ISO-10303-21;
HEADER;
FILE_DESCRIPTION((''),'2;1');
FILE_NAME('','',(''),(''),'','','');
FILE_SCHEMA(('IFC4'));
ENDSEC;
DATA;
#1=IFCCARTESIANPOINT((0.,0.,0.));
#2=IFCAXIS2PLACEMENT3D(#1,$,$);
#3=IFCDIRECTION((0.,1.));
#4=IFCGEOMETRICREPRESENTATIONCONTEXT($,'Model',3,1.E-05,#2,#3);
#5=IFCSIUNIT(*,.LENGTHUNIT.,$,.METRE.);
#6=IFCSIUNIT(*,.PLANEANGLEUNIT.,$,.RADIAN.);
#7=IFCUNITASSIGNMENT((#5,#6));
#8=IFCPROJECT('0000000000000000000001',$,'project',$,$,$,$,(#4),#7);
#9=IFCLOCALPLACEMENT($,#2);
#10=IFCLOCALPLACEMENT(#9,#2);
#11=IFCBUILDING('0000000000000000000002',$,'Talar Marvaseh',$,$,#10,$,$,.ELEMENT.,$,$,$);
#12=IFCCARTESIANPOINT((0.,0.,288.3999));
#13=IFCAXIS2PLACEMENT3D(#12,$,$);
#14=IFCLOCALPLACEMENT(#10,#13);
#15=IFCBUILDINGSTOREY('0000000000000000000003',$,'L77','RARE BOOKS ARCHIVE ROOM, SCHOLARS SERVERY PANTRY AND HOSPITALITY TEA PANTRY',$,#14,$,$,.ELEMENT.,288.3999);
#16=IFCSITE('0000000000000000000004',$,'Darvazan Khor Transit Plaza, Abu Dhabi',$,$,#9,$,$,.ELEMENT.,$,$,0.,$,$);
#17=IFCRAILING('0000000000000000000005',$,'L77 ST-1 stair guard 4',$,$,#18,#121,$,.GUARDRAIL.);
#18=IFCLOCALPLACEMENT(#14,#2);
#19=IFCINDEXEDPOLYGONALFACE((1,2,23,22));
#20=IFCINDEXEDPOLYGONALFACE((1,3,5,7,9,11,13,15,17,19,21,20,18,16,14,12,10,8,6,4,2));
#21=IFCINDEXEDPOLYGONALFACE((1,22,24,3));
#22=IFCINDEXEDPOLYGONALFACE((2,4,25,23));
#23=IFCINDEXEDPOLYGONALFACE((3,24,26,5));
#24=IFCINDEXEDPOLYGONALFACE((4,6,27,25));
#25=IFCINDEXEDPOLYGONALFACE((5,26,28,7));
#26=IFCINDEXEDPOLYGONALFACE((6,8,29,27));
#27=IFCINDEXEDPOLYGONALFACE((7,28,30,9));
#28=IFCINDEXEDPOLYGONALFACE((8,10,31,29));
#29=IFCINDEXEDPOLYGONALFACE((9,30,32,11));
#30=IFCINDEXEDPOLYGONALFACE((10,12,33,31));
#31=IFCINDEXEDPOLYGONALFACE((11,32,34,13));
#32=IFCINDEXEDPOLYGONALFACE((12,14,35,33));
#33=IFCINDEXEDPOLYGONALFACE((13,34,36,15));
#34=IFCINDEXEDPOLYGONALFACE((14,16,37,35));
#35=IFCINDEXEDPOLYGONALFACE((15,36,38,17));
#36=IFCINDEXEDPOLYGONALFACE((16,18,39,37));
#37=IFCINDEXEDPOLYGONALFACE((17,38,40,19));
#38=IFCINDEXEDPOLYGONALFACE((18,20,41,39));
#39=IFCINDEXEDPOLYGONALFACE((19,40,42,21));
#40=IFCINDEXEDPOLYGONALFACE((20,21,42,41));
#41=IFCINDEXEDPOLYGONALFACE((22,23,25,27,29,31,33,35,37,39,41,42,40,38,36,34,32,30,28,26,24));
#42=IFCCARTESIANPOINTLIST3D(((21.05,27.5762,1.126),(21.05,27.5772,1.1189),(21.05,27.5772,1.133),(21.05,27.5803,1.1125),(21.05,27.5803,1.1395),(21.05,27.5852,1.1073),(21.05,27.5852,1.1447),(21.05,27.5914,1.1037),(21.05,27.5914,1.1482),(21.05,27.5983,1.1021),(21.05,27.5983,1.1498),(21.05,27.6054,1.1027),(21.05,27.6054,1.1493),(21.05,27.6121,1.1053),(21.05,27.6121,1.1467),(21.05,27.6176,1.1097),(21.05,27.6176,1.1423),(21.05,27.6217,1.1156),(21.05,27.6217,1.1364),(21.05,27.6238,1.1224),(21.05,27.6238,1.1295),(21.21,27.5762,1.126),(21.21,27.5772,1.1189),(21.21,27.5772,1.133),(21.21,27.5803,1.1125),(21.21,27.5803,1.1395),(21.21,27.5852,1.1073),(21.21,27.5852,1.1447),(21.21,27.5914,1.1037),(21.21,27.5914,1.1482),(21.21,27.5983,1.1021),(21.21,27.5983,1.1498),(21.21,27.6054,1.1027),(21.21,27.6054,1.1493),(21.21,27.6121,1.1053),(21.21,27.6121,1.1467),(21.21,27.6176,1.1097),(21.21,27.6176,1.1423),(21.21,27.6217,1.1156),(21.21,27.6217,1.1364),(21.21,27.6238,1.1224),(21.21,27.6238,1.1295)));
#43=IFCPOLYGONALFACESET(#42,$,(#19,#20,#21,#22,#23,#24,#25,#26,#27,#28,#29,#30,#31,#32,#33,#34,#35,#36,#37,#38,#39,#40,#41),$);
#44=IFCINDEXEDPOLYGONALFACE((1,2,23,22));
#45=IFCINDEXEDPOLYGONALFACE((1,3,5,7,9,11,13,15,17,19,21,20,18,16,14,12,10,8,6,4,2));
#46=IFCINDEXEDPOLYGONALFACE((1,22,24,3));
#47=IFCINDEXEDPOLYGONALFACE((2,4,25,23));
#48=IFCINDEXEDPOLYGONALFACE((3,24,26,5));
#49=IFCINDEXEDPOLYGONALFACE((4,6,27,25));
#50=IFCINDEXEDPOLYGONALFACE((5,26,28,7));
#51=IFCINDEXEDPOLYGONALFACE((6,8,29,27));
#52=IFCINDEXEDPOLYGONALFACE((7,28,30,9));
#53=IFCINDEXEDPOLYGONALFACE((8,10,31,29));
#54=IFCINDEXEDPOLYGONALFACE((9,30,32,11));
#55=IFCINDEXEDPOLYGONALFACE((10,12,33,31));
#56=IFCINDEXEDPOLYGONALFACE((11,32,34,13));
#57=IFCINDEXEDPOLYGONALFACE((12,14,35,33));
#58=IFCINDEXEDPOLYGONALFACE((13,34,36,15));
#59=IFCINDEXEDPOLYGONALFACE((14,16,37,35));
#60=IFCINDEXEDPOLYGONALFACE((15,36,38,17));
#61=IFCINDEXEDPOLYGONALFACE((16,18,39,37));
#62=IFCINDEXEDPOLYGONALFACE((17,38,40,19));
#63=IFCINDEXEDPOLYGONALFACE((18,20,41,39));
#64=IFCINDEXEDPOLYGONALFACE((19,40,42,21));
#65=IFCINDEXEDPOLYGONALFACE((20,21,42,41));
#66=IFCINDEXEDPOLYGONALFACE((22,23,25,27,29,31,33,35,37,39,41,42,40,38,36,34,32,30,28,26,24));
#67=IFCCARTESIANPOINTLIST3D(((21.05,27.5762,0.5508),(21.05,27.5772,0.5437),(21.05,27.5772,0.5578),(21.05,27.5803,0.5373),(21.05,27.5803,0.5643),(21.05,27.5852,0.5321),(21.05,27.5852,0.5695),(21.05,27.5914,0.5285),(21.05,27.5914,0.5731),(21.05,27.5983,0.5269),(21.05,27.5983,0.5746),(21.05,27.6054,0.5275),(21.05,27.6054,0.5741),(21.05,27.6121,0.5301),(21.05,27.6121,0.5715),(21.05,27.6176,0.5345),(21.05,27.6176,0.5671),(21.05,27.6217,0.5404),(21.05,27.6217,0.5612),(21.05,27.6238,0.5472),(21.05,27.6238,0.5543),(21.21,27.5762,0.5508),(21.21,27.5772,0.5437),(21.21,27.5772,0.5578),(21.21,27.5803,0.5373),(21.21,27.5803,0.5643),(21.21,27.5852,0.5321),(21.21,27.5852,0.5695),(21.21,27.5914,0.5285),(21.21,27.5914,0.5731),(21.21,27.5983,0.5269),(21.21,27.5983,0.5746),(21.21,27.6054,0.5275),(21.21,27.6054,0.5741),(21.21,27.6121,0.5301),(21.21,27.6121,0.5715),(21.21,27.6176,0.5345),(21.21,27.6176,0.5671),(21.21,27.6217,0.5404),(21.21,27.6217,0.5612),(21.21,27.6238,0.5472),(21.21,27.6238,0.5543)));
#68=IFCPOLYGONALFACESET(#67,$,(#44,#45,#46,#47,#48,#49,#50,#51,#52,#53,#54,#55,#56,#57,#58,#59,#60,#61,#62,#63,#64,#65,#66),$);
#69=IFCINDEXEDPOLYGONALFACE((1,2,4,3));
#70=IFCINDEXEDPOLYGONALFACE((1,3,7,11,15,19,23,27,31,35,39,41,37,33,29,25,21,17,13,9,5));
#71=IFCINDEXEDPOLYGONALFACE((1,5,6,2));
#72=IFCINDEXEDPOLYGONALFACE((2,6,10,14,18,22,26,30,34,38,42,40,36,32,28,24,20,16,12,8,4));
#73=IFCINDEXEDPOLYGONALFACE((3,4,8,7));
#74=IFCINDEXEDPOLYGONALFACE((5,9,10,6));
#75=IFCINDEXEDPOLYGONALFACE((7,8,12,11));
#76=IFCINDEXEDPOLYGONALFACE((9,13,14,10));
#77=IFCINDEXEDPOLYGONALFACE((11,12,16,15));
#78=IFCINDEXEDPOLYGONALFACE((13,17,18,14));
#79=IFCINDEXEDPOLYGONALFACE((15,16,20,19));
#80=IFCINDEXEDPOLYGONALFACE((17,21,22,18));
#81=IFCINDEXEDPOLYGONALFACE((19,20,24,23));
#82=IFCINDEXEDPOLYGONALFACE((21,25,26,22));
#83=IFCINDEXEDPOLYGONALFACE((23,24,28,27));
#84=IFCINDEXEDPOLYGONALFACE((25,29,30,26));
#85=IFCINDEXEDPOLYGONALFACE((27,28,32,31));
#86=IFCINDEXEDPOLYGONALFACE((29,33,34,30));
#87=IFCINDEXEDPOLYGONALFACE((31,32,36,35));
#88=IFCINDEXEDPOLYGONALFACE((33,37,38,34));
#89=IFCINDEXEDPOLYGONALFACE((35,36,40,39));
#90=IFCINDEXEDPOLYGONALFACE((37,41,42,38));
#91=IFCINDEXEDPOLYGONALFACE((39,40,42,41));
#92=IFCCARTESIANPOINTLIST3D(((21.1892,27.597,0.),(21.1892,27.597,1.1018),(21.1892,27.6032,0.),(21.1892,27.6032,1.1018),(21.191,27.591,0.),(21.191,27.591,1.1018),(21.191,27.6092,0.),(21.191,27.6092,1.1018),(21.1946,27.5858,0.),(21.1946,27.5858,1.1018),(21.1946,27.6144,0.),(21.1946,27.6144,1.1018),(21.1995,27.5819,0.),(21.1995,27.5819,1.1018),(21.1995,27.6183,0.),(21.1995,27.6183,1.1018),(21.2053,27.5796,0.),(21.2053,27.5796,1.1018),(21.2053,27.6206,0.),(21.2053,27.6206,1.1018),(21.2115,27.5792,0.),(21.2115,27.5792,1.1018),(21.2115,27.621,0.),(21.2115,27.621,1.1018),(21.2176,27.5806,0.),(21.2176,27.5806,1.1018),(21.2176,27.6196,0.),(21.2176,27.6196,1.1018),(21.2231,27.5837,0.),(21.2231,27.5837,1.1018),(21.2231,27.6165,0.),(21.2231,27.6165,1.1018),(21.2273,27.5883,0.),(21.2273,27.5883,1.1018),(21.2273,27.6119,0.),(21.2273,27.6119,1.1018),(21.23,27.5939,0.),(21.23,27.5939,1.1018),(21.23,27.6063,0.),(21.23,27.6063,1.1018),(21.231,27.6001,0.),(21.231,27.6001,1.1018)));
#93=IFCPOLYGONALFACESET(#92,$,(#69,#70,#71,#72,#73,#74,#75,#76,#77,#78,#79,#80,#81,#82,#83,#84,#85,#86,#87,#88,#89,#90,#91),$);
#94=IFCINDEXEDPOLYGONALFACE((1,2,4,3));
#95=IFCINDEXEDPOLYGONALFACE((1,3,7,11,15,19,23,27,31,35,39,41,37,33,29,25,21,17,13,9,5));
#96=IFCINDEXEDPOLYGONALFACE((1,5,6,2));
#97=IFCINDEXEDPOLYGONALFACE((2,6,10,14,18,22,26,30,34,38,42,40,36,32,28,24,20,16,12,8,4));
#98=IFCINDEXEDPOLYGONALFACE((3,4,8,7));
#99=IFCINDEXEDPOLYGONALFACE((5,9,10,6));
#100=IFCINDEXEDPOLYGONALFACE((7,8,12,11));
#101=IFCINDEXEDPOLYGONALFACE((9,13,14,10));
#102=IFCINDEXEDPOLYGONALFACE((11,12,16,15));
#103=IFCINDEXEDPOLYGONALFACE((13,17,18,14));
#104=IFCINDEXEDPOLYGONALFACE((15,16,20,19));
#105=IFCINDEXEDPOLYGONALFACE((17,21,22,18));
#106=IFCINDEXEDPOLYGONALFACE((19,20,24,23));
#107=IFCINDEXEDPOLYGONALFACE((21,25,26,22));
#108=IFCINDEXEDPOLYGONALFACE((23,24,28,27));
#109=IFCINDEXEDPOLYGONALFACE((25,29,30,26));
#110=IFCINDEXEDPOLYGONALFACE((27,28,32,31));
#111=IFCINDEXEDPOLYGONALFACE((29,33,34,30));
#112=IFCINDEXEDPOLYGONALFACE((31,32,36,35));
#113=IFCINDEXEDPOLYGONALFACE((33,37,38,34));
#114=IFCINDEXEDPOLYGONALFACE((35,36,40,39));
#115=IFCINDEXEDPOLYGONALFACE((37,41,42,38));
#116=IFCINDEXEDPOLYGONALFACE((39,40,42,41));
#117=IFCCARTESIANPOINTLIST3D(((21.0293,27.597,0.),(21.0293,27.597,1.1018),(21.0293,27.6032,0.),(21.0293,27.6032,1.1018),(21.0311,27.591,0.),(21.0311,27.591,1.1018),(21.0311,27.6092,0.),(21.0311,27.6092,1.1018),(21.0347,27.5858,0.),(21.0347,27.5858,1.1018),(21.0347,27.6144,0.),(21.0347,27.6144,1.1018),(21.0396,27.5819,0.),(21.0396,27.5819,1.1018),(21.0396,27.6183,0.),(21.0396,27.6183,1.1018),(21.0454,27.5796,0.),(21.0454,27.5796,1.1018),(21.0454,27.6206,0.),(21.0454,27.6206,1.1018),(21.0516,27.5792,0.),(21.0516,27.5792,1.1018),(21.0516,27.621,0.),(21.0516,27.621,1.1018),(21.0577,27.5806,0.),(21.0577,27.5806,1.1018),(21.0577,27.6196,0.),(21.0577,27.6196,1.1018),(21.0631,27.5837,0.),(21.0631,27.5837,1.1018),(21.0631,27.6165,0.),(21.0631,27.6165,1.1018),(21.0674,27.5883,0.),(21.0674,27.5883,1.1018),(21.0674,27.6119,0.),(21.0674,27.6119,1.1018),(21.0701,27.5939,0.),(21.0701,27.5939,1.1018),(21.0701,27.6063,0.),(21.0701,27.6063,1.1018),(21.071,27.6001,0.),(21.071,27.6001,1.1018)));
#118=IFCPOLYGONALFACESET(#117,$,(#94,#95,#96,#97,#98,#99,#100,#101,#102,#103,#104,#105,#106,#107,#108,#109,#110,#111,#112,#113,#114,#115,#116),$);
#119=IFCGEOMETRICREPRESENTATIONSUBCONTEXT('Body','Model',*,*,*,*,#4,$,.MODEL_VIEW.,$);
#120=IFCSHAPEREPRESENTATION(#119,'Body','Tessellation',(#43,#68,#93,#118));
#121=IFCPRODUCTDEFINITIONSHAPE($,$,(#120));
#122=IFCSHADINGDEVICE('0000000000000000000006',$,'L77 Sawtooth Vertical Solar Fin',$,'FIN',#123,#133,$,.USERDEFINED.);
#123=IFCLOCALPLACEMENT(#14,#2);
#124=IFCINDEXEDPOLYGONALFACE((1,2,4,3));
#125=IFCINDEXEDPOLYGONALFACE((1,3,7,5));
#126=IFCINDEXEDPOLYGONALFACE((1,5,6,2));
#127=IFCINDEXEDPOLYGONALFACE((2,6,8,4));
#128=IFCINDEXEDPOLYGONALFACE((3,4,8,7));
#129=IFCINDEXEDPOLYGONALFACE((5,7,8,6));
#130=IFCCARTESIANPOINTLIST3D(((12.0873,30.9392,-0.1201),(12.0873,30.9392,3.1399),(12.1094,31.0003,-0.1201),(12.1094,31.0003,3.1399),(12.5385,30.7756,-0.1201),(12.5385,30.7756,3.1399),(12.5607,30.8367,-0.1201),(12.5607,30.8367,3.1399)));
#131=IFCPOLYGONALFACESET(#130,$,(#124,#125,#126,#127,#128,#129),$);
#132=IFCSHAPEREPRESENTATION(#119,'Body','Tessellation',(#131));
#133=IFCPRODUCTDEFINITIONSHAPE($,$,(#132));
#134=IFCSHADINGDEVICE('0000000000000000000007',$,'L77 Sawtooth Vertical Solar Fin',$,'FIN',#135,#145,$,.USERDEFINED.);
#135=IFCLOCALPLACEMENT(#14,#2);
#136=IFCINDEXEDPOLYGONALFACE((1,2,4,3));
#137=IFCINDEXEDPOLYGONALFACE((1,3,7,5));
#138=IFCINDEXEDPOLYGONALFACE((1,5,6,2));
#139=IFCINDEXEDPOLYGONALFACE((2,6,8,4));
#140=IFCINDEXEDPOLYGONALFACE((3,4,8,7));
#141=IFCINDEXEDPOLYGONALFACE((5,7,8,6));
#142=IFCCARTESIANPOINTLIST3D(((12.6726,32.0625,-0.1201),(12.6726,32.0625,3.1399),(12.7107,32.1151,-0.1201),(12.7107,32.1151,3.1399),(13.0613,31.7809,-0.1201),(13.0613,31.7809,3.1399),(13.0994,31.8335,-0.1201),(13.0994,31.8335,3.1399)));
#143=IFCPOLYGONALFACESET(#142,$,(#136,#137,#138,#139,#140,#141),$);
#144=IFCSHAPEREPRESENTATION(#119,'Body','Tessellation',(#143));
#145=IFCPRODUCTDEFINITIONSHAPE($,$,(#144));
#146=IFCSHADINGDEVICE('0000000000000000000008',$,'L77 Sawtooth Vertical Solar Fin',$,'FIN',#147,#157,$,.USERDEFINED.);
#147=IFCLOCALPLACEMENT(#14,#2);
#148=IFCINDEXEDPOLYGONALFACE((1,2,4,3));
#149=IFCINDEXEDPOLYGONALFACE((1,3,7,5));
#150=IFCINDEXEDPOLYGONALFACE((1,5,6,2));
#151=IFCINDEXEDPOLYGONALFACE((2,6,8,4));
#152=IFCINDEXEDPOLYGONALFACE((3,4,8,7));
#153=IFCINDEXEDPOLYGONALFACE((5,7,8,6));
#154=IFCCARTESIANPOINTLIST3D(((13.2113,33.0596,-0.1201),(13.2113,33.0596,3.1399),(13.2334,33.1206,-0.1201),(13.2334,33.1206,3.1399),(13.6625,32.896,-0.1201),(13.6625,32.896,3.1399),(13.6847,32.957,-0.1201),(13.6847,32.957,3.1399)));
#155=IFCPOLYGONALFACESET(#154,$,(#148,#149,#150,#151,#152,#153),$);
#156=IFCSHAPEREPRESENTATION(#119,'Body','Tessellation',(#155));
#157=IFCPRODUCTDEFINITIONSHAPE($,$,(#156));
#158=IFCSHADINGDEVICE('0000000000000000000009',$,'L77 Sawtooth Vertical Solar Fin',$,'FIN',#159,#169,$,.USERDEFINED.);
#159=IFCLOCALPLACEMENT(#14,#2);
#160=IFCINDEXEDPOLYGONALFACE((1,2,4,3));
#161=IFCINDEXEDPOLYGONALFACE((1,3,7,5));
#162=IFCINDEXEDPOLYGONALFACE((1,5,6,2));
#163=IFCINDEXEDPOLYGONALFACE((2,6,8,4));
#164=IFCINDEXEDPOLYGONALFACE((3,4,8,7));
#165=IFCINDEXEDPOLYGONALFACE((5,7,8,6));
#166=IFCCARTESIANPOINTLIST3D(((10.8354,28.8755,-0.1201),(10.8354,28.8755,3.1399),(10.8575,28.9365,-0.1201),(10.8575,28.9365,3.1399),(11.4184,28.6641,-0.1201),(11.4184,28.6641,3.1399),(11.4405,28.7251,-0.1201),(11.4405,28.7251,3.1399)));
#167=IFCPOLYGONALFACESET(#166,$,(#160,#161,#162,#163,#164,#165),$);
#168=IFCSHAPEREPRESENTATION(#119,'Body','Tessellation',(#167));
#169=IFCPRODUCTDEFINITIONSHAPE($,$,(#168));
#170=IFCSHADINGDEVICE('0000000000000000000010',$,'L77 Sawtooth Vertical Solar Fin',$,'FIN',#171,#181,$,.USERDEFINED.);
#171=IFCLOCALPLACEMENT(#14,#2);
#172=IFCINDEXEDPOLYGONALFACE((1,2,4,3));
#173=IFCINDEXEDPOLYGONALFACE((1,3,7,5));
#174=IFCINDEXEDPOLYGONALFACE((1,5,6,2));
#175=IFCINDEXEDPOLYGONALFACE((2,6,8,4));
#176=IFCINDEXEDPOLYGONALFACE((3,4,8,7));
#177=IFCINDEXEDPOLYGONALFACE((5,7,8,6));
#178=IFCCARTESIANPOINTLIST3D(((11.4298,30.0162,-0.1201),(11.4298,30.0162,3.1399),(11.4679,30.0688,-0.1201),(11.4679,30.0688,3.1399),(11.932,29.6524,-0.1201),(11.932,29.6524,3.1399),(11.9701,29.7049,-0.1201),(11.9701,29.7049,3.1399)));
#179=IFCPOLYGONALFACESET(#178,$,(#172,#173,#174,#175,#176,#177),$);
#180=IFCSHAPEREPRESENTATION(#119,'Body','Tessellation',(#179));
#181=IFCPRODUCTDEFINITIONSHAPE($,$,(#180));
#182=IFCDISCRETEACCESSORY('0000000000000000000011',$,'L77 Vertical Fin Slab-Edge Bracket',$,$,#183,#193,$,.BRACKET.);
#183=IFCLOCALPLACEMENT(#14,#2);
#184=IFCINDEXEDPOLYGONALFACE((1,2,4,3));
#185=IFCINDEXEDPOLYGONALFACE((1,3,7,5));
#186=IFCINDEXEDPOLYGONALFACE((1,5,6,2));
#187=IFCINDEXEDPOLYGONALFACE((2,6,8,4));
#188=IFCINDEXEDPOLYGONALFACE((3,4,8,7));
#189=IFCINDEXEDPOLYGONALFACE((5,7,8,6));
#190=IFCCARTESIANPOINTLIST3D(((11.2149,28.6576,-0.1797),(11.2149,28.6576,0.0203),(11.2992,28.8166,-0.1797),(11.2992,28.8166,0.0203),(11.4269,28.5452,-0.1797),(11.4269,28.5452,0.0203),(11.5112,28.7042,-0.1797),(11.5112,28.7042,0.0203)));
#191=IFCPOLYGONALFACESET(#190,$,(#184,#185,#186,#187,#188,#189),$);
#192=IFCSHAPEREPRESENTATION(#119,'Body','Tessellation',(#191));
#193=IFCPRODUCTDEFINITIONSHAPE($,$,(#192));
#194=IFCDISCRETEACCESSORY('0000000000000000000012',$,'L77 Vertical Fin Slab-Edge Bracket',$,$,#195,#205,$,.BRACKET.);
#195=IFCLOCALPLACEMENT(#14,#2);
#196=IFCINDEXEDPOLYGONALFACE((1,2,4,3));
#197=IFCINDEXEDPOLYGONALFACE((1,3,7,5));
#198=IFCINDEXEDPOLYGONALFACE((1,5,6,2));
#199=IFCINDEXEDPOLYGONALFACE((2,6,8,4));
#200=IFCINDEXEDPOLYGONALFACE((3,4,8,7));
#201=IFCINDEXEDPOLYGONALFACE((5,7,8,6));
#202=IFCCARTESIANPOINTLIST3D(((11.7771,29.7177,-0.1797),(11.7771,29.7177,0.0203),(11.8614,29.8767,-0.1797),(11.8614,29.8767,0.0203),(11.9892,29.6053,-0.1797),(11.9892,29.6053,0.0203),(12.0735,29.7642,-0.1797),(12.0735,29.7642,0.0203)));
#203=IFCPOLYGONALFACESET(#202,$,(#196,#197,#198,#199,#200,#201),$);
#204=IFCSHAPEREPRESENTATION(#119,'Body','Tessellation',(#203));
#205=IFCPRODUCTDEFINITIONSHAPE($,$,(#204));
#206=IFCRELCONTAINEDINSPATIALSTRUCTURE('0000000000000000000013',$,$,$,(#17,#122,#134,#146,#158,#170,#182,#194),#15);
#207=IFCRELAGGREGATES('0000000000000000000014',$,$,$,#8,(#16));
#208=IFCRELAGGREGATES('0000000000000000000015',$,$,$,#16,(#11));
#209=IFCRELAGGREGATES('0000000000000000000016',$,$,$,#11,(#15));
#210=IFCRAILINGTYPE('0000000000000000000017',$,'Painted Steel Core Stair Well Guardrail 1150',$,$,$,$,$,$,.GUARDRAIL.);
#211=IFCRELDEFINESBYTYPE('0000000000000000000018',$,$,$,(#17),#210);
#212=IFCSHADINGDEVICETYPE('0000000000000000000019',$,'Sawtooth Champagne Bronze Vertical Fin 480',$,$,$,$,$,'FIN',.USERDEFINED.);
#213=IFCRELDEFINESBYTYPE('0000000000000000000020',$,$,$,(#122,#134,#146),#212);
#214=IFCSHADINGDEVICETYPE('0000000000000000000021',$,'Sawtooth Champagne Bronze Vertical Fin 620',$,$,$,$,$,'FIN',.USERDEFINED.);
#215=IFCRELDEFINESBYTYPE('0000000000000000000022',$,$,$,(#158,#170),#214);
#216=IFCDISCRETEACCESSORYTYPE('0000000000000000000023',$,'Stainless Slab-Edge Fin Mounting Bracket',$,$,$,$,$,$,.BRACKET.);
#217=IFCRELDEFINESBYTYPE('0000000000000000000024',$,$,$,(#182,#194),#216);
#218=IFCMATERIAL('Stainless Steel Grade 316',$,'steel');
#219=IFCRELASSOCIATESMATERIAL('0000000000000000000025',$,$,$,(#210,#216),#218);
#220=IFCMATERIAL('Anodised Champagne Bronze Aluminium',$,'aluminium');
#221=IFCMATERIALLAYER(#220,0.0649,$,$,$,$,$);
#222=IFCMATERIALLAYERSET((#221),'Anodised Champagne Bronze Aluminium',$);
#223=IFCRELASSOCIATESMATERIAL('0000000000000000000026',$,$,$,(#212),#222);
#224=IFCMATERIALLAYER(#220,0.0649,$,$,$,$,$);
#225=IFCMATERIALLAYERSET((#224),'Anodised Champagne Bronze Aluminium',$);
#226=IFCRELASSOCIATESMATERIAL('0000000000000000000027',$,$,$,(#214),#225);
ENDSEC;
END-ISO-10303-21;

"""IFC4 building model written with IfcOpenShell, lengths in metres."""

from ifc_helpers import new_model, si_unit, direction, frame, origin, origin_2d, place, context, subcontext, project, spatial, rectangle, circle, extrude, source, transform, mapped, material, layer, layer_set, type_object, type_shapes, element, save


model = new_model("IFC4")

# Units and contexts
model_context = context("Model", 3, precision=1e-05, world=origin(), true_north=direction((0.0, 1.0)))
body_context = subcontext(model_context, "Body", "Model", "MODEL_VIEW")
ifc_project = project(units=[si_unit("LENGTHUNIT", "METRE"), si_unit("PLANEANGLEUNIT", "RADIAN")], contexts=[model_context])

# Site, building, storey
site_placement = place(None, origin())
site = spatial("IfcSite", under=ifc_project, at=site_placement, Name="Darvazan Khor Transit Plaza, Abu Dhabi", CompositionType="ELEMENT", RefElevation=0.0)
building_placement = place(site_placement, origin())
building = spatial("IfcBuilding", under=site, at=building_placement, Name="Talar Marvaseh", CompositionType="ELEMENT")
storey_placement = place(building_placement, frame((0.0, 0.0, 288.3999)))
storey = spatial("IfcBuildingStorey", under=building, at=storey_placement, Name="L77", Description="RARE BOOKS ARCHIVE ROOM, SCHOLARS SERVERY PANTRY AND HOSPITALITY TEA PANTRY", CompositionType="ELEMENT", Elevation=288.3999)

# Railing
ifc_material_1 = material(Name="Stainless Steel Grade 316", Category="steel")
railing_type_1 = type_object("IfcRailingType", Name="Painted Steel Core Stair Well Guardrail 1150", PredefinedType="GUARDRAIL", material=ifc_material_1)
railing_1_placement = place(storey_placement, frame((21.21, 27.6001, 0.0)))
element("IfcRailing", 1, at=railing_1_placement, inside=storey, type_object=railing_type_1, Name="L77 ST-1 stair guard 4", PredefinedType="GUARDRAIL", context=body_context, shape_type="SweptSolid", body=[
    extrude(circle(Radius=0.0239, at=origin_2d()), frame((0.0, 0.0, 1.126), z_axis=(-1.0, 0.0, 0.0), x_axis=(0.0, -1.0, 0.0)), (0.0, 0.0, 1.0), 0.1599),
    extrude(circle(Radius=0.0239, at=origin_2d()), frame((0.0, 0.0, 0.5508), z_axis=(-1.0, 0.0, 0.0), x_axis=(0.0, -1.0, 0.0)), (0.0, 0.0, 1.0), 0.1599),
    extrude(circle(Radius=0.021, at=origin_2d()), origin(), (0.0, 0.0, 1.0), 1.1018),
    extrude(circle(Radius=0.021, at=origin_2d()), frame((-0.1599, 0.0, 0.0)), (0.0, 0.0, 1.0), 1.1018),
])

# Shading devices
ifc_material_2 = material(Name="Anodised Champagne Bronze Aluminium", Category="aluminium")
ifc_layer_1 = layer(ifc_material_2, 0.0649)
ifc_layer_set_1 = layer_set([ifc_layer_1], Name="Anodised Champagne Bronze Aluminium")
shading_device_type_1 = type_object("IfcShadingDeviceType", Name="Sawtooth Champagne Bronze Vertical Fin 480", ElementType="FIN", PredefinedType="USERDEFINED", material=ifc_layer_set_1)
shared_shape_1 = source(origin(), body_context, "Body", "SweptSolid", [
    extrude(rectangle(XDim=0.48, YDim=0.0649, at=origin_2d()), origin(), (0.0, 0.0, 1.0), 3.26),
])
type_shapes(shading_device_type_1, [shared_shape_1])
for number, where, z_axis, x_axis, name in (
    (2, (12.324, 30.8879, -0.1201), (0.0, 0.0, 1.0), (-0.94011, 0.340872, 0.0), "L77 Sawtooth Vertical Solar Fin"),
    (3, (12.886, 31.948, -0.1201), (0.0, 0.0, 1.0), (-0.809735, 0.586796, 0.0), "L77 Sawtooth Vertical Solar Fin"),
    (4, (13.448, 33.0083, -0.1201), (0.0, 0.0, 1.0), (-0.94011, 0.340872, 0.0), "L77 Sawtooth Vertical Solar Fin"),
):
    element("IfcShadingDevice", number, at=place(storey_placement, frame(where, z_axis=z_axis, x_axis=x_axis)), inside=storey, type_object=shading_device_type_1, Name=name, ObjectType="FIN", PredefinedType="USERDEFINED", context=body_context, shape_type="MappedRepresentation", body=[
        mapped(shared_shape_1, transform((0.0, 0.0, 0.0), x_axis=(1.0, 0.0, 0.0), y_axis=(0.0, 1.0, 0.0), z_axis=(0.0, 0.0, 1.0), scale=1.0)),
    ])
ifc_layer_2 = layer(ifc_material_2, 0.0649)
ifc_layer_set_2 = layer_set([ifc_layer_2], Name="Anodised Champagne Bronze Aluminium")
shading_device_type_2 = type_object("IfcShadingDeviceType", Name="Sawtooth Champagne Bronze Vertical Fin 620", ElementType="FIN", PredefinedType="USERDEFINED", material=ifc_layer_set_2)
shared_shape_2 = source(origin(), body_context, "Body", "SweptSolid", [
    extrude(rectangle(XDim=0.6201, YDim=0.0649, at=origin_2d()), origin(), (0.0, 0.0, 1.0), 3.26),
])
type_shapes(shading_device_type_2, [shared_shape_2])
for number, where, z_axis, x_axis, name in (
    (5, (11.1379, 28.8003, -0.1201), (0.0, 0.0, 1.0), (-0.94011, 0.340872, 0.0), "L77 Sawtooth Vertical Solar Fin"),
    (6, (11.7, 29.8606, -0.1201), (0.0, 0.0, 1.0), (-0.809735, 0.586796, 0.0), "L77 Sawtooth Vertical Solar Fin"),
):
    element("IfcShadingDevice", number, at=place(storey_placement, frame(where, z_axis=z_axis, x_axis=x_axis)), inside=storey, type_object=shading_device_type_2, Name=name, ObjectType="FIN", PredefinedType="USERDEFINED", context=body_context, shape_type="MappedRepresentation", body=[
        mapped(shared_shape_2, transform((0.0, 0.0, 0.0), x_axis=(1.0, 0.0, 0.0), y_axis=(0.0, 1.0, 0.0), z_axis=(0.0, 0.0, 1.0), scale=1.0)),
    ])

# Discrete accessories
discrete_accessory_type = type_object("IfcDiscreteAccessoryType", Name="Stainless Slab-Edge Fin Mounting Bracket", PredefinedType="BRACKET", material=ifc_material_1)
shared_shape_3 = source(origin(), body_context, "Body", "SweptSolid", [
    extrude(rectangle(XDim=0.24, YDim=0.1799, at=origin_2d()), origin(), (0.0, 0.0, 1.0), 0.2),
])
type_shapes(discrete_accessory_type, [shared_shape_3])
for number, where, z_axis, x_axis, name in (
    (7, (11.363, 28.6809, -0.1797), (0.0, 0.0, 1.0), (-0.883521, 0.468392, 0.0), "L77 Vertical Fin Slab-Edge Bracket"),
    (8, (11.9253, 29.741, -0.1797), (0.0, 0.0, 1.0), (-0.883521, 0.468392, 0.0), "L77 Vertical Fin Slab-Edge Bracket"),
):
    element("IfcDiscreteAccessory", number, at=place(storey_placement, frame(where, z_axis=z_axis, x_axis=x_axis)), inside=storey, type_object=discrete_accessory_type, Name=name, PredefinedType="BRACKET", context=body_context, shape_type="MappedRepresentation", body=[
        mapped(shared_shape_3, transform((0.0, 0.0, 0.0), x_axis=(1.0, 0.0, 0.0), y_axis=(0.0, 1.0, 0.0), z_axis=(0.0, 0.0, 1.0), scale=1.0)),
    ])

save(model, "model.ifc")
